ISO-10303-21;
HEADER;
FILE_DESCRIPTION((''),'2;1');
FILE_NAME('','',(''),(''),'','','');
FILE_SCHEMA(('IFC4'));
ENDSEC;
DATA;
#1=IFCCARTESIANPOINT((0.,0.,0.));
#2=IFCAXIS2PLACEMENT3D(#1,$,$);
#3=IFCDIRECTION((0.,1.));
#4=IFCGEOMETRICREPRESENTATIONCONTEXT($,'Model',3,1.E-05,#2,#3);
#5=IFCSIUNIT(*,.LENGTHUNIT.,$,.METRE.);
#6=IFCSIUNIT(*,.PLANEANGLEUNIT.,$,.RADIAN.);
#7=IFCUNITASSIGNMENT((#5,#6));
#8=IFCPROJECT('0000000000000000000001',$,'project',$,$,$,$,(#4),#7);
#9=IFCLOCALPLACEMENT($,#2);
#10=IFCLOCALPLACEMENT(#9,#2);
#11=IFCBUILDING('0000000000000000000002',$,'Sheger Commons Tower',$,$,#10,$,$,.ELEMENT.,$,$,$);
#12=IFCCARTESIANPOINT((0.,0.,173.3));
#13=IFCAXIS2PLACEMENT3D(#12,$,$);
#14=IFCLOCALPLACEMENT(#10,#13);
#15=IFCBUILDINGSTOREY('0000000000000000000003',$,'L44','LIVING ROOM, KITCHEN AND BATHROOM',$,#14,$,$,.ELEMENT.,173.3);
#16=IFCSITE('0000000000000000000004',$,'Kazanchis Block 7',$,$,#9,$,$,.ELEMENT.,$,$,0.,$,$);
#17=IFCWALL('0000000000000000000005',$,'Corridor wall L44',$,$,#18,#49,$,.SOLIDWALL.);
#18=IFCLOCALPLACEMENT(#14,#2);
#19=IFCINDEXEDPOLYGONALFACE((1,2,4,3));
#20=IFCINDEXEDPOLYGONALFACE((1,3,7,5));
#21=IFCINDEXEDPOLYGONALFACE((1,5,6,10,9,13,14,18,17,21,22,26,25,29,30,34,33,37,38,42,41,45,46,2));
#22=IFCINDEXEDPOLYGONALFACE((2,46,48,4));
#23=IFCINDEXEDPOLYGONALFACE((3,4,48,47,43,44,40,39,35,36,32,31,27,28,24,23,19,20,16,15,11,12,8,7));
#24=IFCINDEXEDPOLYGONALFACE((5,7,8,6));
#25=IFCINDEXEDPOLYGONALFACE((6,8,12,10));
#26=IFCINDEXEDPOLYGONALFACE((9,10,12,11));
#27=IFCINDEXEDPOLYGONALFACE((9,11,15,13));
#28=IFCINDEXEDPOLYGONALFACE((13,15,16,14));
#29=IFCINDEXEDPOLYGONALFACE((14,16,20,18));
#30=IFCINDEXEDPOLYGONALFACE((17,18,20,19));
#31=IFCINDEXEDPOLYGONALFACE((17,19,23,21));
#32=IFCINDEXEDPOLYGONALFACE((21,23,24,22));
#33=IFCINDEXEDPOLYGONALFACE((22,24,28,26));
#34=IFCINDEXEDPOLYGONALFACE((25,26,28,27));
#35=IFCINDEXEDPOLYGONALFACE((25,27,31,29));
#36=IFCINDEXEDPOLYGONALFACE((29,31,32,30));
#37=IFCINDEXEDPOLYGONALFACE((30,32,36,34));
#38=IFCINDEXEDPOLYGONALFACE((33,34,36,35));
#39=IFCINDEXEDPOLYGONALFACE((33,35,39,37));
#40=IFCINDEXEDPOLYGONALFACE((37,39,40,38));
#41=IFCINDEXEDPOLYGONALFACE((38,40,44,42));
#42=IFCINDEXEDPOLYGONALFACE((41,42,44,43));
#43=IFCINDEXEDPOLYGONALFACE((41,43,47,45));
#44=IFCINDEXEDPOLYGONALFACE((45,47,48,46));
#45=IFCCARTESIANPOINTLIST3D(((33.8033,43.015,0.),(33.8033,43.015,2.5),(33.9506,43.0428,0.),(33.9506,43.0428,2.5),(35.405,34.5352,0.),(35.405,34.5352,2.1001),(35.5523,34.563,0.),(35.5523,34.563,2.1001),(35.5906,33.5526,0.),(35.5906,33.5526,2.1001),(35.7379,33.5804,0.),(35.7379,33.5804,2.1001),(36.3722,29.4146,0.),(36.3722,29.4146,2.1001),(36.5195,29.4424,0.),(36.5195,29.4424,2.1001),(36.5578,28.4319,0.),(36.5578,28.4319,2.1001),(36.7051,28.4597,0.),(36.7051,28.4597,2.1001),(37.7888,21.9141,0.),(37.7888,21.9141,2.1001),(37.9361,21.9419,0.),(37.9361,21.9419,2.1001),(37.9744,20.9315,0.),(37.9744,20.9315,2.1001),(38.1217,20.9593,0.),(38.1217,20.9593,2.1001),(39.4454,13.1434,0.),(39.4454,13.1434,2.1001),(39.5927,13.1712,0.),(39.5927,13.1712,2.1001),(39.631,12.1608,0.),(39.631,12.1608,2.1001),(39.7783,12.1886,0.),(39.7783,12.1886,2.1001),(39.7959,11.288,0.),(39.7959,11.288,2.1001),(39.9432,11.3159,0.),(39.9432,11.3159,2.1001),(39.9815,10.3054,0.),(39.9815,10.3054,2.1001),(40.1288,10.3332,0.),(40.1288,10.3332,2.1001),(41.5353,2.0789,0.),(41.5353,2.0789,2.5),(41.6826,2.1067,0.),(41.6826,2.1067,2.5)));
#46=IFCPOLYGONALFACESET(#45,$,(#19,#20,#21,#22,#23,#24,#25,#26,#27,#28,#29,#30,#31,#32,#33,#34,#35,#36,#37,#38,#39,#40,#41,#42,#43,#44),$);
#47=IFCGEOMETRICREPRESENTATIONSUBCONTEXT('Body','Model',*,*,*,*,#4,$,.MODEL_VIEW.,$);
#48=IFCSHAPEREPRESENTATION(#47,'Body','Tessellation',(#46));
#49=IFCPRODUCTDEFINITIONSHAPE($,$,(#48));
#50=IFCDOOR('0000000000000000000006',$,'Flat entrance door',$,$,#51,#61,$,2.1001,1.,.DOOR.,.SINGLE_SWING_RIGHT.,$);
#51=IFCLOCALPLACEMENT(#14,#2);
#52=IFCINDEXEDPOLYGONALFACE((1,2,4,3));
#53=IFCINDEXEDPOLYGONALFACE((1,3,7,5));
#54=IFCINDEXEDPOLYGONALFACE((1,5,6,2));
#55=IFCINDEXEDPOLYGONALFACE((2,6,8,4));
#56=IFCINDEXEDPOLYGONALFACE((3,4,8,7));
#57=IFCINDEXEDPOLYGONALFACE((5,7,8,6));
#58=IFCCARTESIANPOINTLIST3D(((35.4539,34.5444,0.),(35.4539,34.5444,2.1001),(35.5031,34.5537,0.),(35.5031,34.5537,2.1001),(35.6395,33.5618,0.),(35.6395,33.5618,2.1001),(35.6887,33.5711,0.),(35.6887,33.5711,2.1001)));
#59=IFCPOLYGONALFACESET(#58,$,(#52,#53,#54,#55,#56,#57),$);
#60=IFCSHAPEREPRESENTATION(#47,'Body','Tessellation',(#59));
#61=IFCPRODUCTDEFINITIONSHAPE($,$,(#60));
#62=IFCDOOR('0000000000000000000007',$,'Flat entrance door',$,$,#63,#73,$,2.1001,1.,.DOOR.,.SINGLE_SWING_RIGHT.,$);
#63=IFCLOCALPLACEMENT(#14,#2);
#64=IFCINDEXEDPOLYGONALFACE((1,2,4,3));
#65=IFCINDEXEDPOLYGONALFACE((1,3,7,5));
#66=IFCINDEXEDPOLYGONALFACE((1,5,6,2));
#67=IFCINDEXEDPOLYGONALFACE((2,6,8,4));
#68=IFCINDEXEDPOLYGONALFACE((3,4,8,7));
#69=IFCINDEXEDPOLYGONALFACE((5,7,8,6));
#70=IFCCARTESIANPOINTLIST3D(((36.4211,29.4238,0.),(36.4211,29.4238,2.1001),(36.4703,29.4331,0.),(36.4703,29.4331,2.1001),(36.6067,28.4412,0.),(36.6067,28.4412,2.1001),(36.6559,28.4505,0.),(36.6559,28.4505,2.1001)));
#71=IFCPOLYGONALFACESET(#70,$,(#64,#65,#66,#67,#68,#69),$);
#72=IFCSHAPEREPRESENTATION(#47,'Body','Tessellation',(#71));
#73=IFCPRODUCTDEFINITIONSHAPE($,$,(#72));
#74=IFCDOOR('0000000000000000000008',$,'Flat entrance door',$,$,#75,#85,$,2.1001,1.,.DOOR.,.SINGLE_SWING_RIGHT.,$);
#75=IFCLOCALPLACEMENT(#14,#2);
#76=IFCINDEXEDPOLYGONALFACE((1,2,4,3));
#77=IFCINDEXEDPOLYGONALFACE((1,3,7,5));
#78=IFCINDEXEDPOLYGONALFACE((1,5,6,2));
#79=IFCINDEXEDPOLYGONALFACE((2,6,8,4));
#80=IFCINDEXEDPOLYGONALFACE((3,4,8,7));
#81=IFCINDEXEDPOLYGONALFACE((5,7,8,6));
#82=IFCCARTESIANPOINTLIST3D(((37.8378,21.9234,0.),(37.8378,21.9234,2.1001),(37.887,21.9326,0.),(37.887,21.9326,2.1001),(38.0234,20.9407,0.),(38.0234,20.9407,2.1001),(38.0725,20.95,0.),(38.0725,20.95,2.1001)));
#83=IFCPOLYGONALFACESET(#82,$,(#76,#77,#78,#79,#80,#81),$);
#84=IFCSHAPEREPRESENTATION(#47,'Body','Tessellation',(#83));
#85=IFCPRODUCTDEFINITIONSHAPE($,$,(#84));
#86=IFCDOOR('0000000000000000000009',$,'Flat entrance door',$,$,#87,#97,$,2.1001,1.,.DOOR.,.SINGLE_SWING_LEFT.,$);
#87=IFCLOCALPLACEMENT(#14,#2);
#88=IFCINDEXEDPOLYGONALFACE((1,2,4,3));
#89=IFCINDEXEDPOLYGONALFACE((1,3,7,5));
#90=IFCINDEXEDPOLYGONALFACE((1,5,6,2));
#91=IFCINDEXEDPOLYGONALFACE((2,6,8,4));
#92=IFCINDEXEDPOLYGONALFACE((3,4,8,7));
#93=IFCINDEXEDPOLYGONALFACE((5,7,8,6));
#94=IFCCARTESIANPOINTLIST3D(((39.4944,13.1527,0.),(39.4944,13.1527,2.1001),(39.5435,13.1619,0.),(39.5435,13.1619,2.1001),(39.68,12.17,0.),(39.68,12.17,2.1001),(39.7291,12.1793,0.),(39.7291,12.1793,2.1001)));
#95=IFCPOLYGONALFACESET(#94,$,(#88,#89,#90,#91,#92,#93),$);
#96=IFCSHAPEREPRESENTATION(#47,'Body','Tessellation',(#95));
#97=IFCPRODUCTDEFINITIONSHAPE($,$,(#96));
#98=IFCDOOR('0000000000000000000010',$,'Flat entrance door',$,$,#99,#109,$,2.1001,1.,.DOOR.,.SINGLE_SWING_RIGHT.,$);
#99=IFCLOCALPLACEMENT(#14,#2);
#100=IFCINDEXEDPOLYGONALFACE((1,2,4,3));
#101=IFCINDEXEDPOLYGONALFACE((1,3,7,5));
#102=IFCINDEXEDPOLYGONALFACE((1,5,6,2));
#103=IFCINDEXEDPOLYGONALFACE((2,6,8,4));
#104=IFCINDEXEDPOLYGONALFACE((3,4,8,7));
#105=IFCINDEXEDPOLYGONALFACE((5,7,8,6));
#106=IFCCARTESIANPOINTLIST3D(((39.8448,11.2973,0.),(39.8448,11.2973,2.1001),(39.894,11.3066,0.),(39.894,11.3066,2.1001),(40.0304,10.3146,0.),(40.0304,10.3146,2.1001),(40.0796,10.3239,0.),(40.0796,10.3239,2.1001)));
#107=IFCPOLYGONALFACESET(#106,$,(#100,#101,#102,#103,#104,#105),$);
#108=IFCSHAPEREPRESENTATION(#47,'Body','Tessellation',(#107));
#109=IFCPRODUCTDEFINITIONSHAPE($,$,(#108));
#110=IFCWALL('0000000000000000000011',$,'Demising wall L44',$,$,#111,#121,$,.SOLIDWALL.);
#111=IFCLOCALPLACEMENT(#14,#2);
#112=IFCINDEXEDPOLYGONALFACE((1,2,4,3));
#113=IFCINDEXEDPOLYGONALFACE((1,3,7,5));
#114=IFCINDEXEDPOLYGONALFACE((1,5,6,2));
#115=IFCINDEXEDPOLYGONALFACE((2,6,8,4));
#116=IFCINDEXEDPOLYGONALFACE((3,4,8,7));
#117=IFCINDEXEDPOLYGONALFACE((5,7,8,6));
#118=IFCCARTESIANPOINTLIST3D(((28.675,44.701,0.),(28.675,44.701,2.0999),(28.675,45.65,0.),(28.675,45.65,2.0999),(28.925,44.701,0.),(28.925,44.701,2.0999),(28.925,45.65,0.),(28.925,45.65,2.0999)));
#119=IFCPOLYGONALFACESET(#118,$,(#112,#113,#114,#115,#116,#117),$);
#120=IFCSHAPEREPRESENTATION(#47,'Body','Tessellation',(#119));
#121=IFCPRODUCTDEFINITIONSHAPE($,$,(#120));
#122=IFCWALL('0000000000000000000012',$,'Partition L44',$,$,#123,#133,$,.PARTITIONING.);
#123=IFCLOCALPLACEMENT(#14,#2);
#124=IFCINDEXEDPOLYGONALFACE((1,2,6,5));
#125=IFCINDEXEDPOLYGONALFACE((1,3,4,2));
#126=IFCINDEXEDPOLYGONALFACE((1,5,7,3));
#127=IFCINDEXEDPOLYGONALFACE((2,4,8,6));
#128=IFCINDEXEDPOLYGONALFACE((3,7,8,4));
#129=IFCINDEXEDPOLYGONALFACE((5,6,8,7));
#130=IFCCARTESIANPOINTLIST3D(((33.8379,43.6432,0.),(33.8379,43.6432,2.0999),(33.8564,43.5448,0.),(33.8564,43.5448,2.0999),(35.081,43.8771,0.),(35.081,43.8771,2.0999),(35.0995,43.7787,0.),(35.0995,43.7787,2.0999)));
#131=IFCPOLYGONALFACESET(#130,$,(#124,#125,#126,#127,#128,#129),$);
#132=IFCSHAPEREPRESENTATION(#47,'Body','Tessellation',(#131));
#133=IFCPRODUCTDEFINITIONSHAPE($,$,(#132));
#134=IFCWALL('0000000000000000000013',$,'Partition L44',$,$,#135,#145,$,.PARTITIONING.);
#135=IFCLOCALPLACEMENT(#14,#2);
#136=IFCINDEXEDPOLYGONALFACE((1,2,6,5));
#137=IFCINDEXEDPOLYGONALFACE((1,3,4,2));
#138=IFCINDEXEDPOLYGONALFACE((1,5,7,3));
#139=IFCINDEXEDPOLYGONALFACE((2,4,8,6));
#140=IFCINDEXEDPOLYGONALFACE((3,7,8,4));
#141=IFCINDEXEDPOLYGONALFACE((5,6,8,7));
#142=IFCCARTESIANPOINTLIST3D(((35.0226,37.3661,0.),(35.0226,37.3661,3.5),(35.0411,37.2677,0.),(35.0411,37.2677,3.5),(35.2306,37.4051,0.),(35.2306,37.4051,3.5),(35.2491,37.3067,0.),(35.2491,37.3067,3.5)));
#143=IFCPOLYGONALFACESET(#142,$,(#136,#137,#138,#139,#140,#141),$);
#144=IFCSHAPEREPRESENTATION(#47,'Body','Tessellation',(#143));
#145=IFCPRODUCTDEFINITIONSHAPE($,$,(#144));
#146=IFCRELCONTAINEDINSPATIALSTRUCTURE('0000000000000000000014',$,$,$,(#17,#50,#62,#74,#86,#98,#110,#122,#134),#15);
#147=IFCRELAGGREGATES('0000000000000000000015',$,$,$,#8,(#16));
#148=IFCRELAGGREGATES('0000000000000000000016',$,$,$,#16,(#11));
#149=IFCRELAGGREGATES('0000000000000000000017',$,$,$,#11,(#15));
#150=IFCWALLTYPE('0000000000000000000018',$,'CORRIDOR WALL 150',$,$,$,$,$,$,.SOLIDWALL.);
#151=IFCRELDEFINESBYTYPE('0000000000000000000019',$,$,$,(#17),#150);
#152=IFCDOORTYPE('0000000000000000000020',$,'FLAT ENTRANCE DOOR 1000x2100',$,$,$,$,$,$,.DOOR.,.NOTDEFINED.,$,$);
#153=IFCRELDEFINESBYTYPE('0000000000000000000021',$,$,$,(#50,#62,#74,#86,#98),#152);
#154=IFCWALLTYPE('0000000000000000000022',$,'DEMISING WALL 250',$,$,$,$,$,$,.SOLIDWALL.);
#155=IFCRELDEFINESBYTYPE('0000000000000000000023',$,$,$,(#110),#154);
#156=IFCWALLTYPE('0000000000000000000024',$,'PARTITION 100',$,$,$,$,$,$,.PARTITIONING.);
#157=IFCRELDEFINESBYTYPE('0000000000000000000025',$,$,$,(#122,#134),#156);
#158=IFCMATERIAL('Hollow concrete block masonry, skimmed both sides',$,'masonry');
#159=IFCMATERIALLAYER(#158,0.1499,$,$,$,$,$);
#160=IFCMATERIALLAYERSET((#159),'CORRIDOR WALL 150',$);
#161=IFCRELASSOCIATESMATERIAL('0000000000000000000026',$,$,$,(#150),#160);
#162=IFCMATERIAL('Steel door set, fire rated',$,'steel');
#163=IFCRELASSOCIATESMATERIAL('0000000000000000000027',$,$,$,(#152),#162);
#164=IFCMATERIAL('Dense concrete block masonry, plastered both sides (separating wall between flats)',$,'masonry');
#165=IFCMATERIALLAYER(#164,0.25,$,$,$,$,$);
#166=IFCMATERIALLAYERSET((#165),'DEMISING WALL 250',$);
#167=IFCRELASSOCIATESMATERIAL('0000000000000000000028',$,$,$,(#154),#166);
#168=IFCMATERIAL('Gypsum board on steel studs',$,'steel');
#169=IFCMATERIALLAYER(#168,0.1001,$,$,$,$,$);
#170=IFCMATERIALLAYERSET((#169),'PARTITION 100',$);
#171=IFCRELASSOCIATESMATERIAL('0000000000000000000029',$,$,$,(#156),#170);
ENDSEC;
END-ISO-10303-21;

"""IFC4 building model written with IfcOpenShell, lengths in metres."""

from ifc_helpers import new_model, si_unit, direction, frame, frame_2d, origin, place, context, subcontext, project, spatial, rectangle, extrude, material, layer, layer_set, type_object, element, fill, save


model = new_model("IFC4")

# Units and contexts
model_context = context("Model", 3, precision=1e-05, world=origin(), true_north=direction((0.0, 1.0)))
body_context = subcontext(model_context, "Body", "Model", "MODEL_VIEW")
ifc_project = project(units=[si_unit("LENGTHUNIT", "METRE"), si_unit("PLANEANGLEUNIT", "RADIAN")], contexts=[model_context])

# Site, building, storey
site_placement = place(None, origin())
site = spatial("IfcSite", under=ifc_project, at=site_placement, Name="Kazanchis Block 7", CompositionType="ELEMENT", RefElevation=0.0)
building_placement = place(site_placement, origin())
building = spatial("IfcBuilding", under=site, at=building_placement, Name="Sheger Commons Tower", CompositionType="ELEMENT")
storey_placement = place(building_placement, frame((0.0, 0.0, 173.3)))
storey = spatial("IfcBuildingStorey", under=building, at=storey_placement, Name="L44", Description="LIVING ROOM, KITCHEN AND BATHROOM", CompositionType="ELEMENT", Elevation=173.3)

# Shared definitions
ifc_material_1 = material(Name="Hollow concrete block masonry, skimmed both sides", Category="masonry")
ifc_layer_1 = layer(ifc_material_1, 0.1499)
ifc_layer_set_1 = layer_set([ifc_layer_1], Name="CORRIDOR WALL 150")
wall_type_1 = type_object("IfcWallType", Name="CORRIDOR WALL 150", PredefinedType="SOLIDWALL", material=ifc_layer_set_1)

# Wall, openings, doors
wall_1_placement = place(storey_placement, frame((33.877, 43.0291, 0.0), z_axis=(0.0, 0.0, 1.0), x_axis=(0.185597, -0.982626, 0.0)))
wall_1 = element("IfcWall", 1, at=wall_1_placement, inside=storey, type_object=wall_type_1, Name="Corridor wall L44", PredefinedType="SOLIDWALL", context=body_context, shape_type="SweptSolid", body=[
    extrude(rectangle(XDim=41.6599, YDim=0.1499, at=frame_2d((20.8301, 0.0))), origin(), (0.0, 0.0, 1.0), 2.5),
])
opening_1_placement = place(wall_1_placement, frame((8.6299, 0.0, 0.0)))
opening_1 = element("IfcOpeningElement", 2, at=opening_1_placement, cuts=wall_1, PredefinedType="OPENING", context=body_context, shape_type="SweptSolid", body=[
    extrude(rectangle(XDim=1.0, YDim=2.1001, at=frame_2d((0.5, 1.05))), frame((0.0, 0.085, 0.0), z_axis=(0.0, -1.0, 0.0), x_axis=(1.0, 0.0, 0.0)), (0.0, 0.0, 1.0), 0.1699),
])
opening_2_placement = place(wall_1_placement, frame((13.8411, 0.0, 0.0)))
opening_2 = element("IfcOpeningElement", 3, at=opening_2_placement, cuts=wall_1, PredefinedType="OPENING", context=body_context, shape_type="SweptSolid", body=[
    extrude(rectangle(XDim=1.0, YDim=2.1001, at=frame_2d((0.5, 1.05))), frame((0.0, 0.085, 0.0), z_axis=(0.0, -1.0, 0.0), x_axis=(1.0, 0.0, 0.0)), (0.0, 0.0, 1.0), 0.1699),
])
opening_3_placement = place(wall_1_placement, frame((21.4741, 0.0, 0.0)))
opening_3 = element("IfcOpeningElement", 4, at=opening_3_placement, cuts=wall_1, PredefinedType="OPENING", context=body_context, shape_type="SweptSolid", body=[
    extrude(rectangle(XDim=1.0, YDim=2.1001, at=frame_2d((0.5, 1.05))), frame((0.0, 0.085, 0.0), z_axis=(0.0, -1.0, 0.0), x_axis=(1.0, 0.0, 0.0)), (0.0, 0.0, 1.0), 0.1699),
])
opening_4_placement = place(wall_1_placement, frame((30.3999, 0.0, 0.0)))
opening_4 = element("IfcOpeningElement", 5, at=opening_4_placement, cuts=wall_1, PredefinedType="OPENING", context=body_context, shape_type="SweptSolid", body=[
    extrude(rectangle(XDim=1.0, YDim=2.1001, at=frame_2d((0.5, 1.05))), frame((0.0, 0.085, 0.0), z_axis=(0.0, -1.0, 0.0), x_axis=(1.0, 0.0, 0.0)), (0.0, 0.0, 1.0), 0.1699),
])
opening_5_placement = place(wall_1_placement, frame((32.2881, 0.0, 0.0)))
opening_5 = element("IfcOpeningElement", 6, at=opening_5_placement, cuts=wall_1, PredefinedType="OPENING", context=body_context, shape_type="SweptSolid", body=[
    extrude(rectangle(XDim=1.0, YDim=2.1001, at=frame_2d((0.5, 1.05))), frame((0.0, 0.085, 0.0), z_axis=(0.0, -1.0, 0.0), x_axis=(1.0, 0.0, 0.0)), (0.0, 0.0, 1.0), 0.1699),
])
ifc_material_2 = material(Name="Steel door set, fire rated", Category="steel")
door_type_1 = type_object("IfcDoorType", Name="FLAT ENTRANCE DOOR 1000x2100", OperationType="NOTDEFINED", PredefinedType="DOOR", material=ifc_material_2)
door_1_placement = place(opening_1_placement, origin())
door_1 = element("IfcDoor", 7, at=door_1_placement, inside=storey, type_object=door_type_1, Name="Flat entrance door", OperationType="SINGLE_SWING_RIGHT", OverallHeight=2.1001, OverallWidth=1.0, PredefinedType="DOOR", context=body_context, shape_type="SweptSolid", body=[
    extrude(rectangle(XDim=1.0, YDim=2.1001, at=frame_2d((0.5, 1.05))), frame((0.0, 0.0249, 0.0), z_axis=(0.0, -1.0, 0.0), x_axis=(1.0, 0.0, 0.0)), (0.0, 0.0, 1.0), 0.05),
])
fill(opening_1, door_1)
door_2_placement = place(opening_2_placement, origin())
door_2 = element("IfcDoor", 8, at=door_2_placement, inside=storey, type_object=door_type_1, Name="Flat entrance door", OperationType="SINGLE_SWING_RIGHT", OverallHeight=2.1001, OverallWidth=1.0, PredefinedType="DOOR", context=body_context, shape_type="SweptSolid", body=[
    extrude(rectangle(XDim=1.0, YDim=2.1001, at=frame_2d((0.5, 1.05))), frame((0.0, 0.0249, 0.0), z_axis=(0.0, -1.0, 0.0), x_axis=(1.0, 0.0, 0.0)), (0.0, 0.0, 1.0), 0.05),
])
fill(opening_2, door_2)
door_3_placement = place(opening_3_placement, origin())
door_3 = element("IfcDoor", 9, at=door_3_placement, inside=storey, type_object=door_type_1, Name="Flat entrance door", OperationType="SINGLE_SWING_RIGHT", OverallHeight=2.1001, OverallWidth=1.0, PredefinedType="DOOR", context=body_context, shape_type="SweptSolid", body=[
    extrude(rectangle(XDim=1.0, YDim=2.1001, at=frame_2d((0.5, 1.05))), frame((0.0, 0.0249, 0.0), z_axis=(0.0, -1.0, 0.0), x_axis=(1.0, 0.0, 0.0)), (0.0, 0.0, 1.0), 0.05),
])
fill(opening_3, door_3)
door_4_placement = place(opening_4_placement, origin())
door_4 = element("IfcDoor", 10, at=door_4_placement, inside=storey, type_object=door_type_1, Name="Flat entrance door", OperationType="SINGLE_SWING_LEFT", OverallHeight=2.1001, OverallWidth=1.0, PredefinedType="DOOR", context=body_context, shape_type="SweptSolid", body=[
    extrude(rectangle(XDim=1.0, YDim=2.1001, at=frame_2d((0.5, 1.05))), frame((0.0, 0.0249, 0.0), z_axis=(0.0, -1.0, 0.0), x_axis=(1.0, 0.0, 0.0)), (0.0, 0.0, 1.0), 0.05),
])
fill(opening_4, door_4)
door_5_placement = place(opening_5_placement, origin())
door_5 = element("IfcDoor", 11, at=door_5_placement, inside=storey, type_object=door_type_1, Name="Flat entrance door", OperationType="SINGLE_SWING_RIGHT", OverallHeight=2.1001, OverallWidth=1.0, PredefinedType="DOOR", context=body_context, shape_type="SweptSolid", body=[
    extrude(rectangle(XDim=1.0, YDim=2.1001, at=frame_2d((0.5, 1.05))), frame((0.0, 0.0249, 0.0), z_axis=(0.0, -1.0, 0.0), x_axis=(1.0, 0.0, 0.0)), (0.0, 0.0, 1.0), 0.05),
])
fill(opening_5, door_5)

# Walls
ifc_material_3 = material(Name="Dense concrete block masonry, plastered both sides (separating wall between flats)", Category="masonry")
ifc_layer_2 = layer(ifc_material_3, 0.25)
ifc_layer_set_2 = layer_set([ifc_layer_2], Name="DEMISING WALL 250")
wall_type_2 = type_object("IfcWallType", Name="DEMISING WALL 250", PredefinedType="SOLIDWALL", material=ifc_layer_set_2)
wall_2_placement = place(storey_placement, frame((28.8, 44.7009, 0.0), z_axis=(0.0, 0.0, 1.0), x_axis=(0.0, 1.0, 0.0)))
element("IfcWall", 12, at=wall_2_placement, inside=storey, type_object=wall_type_2, Name="Demising wall L44", PredefinedType="SOLIDWALL", context=body_context, shape_type="SweptSolid", body=[
    extrude(rectangle(XDim=0.949, YDim=0.25, at=frame_2d((0.4746, 0.0))), origin(), (0.0, 0.0, 1.0), 2.0999),
])
ifc_material_4 = material(Name="Gypsum board on steel studs", Category="steel")
ifc_layer_3 = layer(ifc_material_4, 0.1001)
ifc_layer_set_3 = layer_set([ifc_layer_3], Name="PARTITION 100")
wall_type_3 = type_object("IfcWallType", Name="PARTITION 100", PredefinedType="PARTITIONING", material=ifc_layer_set_3)
wall_3_placement = place(storey_placement, frame((35.0901, 43.8279, 0.0), z_axis=(0.0, 0.0, 1.0), x_axis=(-0.982758, -0.184894, 0.0)))
element("IfcWall", 13, at=wall_3_placement, inside=storey, type_object=wall_type_3, Name="Partition L44", PredefinedType="PARTITIONING", context=body_context, shape_type="SweptSolid", body=[
    extrude(rectangle(XDim=1.2649, YDim=0.1001, at=frame_2d((0.6323, 0.0))), origin(), (0.0, 0.0, 1.0), 2.0999),
])
wall_4_placement = place(storey_placement, frame((35.24, 37.356, 0.0), z_axis=(0.0, 0.0, 1.0), x_axis=(-0.98282, -0.184567, 0.0)))
element("IfcWall", 14, at=wall_4_placement, inside=storey, type_object=wall_type_3, Name="Partition L44", PredefinedType="PARTITIONING", context=body_context, shape_type="SweptSolid", body=[
    extrude(rectangle(XDim=0.2117, YDim=0.1001, at=frame_2d((0.106, 0.0))), origin(), (0.0, 0.0, 1.0), 3.5),
])

save(model, "model.ifc")
